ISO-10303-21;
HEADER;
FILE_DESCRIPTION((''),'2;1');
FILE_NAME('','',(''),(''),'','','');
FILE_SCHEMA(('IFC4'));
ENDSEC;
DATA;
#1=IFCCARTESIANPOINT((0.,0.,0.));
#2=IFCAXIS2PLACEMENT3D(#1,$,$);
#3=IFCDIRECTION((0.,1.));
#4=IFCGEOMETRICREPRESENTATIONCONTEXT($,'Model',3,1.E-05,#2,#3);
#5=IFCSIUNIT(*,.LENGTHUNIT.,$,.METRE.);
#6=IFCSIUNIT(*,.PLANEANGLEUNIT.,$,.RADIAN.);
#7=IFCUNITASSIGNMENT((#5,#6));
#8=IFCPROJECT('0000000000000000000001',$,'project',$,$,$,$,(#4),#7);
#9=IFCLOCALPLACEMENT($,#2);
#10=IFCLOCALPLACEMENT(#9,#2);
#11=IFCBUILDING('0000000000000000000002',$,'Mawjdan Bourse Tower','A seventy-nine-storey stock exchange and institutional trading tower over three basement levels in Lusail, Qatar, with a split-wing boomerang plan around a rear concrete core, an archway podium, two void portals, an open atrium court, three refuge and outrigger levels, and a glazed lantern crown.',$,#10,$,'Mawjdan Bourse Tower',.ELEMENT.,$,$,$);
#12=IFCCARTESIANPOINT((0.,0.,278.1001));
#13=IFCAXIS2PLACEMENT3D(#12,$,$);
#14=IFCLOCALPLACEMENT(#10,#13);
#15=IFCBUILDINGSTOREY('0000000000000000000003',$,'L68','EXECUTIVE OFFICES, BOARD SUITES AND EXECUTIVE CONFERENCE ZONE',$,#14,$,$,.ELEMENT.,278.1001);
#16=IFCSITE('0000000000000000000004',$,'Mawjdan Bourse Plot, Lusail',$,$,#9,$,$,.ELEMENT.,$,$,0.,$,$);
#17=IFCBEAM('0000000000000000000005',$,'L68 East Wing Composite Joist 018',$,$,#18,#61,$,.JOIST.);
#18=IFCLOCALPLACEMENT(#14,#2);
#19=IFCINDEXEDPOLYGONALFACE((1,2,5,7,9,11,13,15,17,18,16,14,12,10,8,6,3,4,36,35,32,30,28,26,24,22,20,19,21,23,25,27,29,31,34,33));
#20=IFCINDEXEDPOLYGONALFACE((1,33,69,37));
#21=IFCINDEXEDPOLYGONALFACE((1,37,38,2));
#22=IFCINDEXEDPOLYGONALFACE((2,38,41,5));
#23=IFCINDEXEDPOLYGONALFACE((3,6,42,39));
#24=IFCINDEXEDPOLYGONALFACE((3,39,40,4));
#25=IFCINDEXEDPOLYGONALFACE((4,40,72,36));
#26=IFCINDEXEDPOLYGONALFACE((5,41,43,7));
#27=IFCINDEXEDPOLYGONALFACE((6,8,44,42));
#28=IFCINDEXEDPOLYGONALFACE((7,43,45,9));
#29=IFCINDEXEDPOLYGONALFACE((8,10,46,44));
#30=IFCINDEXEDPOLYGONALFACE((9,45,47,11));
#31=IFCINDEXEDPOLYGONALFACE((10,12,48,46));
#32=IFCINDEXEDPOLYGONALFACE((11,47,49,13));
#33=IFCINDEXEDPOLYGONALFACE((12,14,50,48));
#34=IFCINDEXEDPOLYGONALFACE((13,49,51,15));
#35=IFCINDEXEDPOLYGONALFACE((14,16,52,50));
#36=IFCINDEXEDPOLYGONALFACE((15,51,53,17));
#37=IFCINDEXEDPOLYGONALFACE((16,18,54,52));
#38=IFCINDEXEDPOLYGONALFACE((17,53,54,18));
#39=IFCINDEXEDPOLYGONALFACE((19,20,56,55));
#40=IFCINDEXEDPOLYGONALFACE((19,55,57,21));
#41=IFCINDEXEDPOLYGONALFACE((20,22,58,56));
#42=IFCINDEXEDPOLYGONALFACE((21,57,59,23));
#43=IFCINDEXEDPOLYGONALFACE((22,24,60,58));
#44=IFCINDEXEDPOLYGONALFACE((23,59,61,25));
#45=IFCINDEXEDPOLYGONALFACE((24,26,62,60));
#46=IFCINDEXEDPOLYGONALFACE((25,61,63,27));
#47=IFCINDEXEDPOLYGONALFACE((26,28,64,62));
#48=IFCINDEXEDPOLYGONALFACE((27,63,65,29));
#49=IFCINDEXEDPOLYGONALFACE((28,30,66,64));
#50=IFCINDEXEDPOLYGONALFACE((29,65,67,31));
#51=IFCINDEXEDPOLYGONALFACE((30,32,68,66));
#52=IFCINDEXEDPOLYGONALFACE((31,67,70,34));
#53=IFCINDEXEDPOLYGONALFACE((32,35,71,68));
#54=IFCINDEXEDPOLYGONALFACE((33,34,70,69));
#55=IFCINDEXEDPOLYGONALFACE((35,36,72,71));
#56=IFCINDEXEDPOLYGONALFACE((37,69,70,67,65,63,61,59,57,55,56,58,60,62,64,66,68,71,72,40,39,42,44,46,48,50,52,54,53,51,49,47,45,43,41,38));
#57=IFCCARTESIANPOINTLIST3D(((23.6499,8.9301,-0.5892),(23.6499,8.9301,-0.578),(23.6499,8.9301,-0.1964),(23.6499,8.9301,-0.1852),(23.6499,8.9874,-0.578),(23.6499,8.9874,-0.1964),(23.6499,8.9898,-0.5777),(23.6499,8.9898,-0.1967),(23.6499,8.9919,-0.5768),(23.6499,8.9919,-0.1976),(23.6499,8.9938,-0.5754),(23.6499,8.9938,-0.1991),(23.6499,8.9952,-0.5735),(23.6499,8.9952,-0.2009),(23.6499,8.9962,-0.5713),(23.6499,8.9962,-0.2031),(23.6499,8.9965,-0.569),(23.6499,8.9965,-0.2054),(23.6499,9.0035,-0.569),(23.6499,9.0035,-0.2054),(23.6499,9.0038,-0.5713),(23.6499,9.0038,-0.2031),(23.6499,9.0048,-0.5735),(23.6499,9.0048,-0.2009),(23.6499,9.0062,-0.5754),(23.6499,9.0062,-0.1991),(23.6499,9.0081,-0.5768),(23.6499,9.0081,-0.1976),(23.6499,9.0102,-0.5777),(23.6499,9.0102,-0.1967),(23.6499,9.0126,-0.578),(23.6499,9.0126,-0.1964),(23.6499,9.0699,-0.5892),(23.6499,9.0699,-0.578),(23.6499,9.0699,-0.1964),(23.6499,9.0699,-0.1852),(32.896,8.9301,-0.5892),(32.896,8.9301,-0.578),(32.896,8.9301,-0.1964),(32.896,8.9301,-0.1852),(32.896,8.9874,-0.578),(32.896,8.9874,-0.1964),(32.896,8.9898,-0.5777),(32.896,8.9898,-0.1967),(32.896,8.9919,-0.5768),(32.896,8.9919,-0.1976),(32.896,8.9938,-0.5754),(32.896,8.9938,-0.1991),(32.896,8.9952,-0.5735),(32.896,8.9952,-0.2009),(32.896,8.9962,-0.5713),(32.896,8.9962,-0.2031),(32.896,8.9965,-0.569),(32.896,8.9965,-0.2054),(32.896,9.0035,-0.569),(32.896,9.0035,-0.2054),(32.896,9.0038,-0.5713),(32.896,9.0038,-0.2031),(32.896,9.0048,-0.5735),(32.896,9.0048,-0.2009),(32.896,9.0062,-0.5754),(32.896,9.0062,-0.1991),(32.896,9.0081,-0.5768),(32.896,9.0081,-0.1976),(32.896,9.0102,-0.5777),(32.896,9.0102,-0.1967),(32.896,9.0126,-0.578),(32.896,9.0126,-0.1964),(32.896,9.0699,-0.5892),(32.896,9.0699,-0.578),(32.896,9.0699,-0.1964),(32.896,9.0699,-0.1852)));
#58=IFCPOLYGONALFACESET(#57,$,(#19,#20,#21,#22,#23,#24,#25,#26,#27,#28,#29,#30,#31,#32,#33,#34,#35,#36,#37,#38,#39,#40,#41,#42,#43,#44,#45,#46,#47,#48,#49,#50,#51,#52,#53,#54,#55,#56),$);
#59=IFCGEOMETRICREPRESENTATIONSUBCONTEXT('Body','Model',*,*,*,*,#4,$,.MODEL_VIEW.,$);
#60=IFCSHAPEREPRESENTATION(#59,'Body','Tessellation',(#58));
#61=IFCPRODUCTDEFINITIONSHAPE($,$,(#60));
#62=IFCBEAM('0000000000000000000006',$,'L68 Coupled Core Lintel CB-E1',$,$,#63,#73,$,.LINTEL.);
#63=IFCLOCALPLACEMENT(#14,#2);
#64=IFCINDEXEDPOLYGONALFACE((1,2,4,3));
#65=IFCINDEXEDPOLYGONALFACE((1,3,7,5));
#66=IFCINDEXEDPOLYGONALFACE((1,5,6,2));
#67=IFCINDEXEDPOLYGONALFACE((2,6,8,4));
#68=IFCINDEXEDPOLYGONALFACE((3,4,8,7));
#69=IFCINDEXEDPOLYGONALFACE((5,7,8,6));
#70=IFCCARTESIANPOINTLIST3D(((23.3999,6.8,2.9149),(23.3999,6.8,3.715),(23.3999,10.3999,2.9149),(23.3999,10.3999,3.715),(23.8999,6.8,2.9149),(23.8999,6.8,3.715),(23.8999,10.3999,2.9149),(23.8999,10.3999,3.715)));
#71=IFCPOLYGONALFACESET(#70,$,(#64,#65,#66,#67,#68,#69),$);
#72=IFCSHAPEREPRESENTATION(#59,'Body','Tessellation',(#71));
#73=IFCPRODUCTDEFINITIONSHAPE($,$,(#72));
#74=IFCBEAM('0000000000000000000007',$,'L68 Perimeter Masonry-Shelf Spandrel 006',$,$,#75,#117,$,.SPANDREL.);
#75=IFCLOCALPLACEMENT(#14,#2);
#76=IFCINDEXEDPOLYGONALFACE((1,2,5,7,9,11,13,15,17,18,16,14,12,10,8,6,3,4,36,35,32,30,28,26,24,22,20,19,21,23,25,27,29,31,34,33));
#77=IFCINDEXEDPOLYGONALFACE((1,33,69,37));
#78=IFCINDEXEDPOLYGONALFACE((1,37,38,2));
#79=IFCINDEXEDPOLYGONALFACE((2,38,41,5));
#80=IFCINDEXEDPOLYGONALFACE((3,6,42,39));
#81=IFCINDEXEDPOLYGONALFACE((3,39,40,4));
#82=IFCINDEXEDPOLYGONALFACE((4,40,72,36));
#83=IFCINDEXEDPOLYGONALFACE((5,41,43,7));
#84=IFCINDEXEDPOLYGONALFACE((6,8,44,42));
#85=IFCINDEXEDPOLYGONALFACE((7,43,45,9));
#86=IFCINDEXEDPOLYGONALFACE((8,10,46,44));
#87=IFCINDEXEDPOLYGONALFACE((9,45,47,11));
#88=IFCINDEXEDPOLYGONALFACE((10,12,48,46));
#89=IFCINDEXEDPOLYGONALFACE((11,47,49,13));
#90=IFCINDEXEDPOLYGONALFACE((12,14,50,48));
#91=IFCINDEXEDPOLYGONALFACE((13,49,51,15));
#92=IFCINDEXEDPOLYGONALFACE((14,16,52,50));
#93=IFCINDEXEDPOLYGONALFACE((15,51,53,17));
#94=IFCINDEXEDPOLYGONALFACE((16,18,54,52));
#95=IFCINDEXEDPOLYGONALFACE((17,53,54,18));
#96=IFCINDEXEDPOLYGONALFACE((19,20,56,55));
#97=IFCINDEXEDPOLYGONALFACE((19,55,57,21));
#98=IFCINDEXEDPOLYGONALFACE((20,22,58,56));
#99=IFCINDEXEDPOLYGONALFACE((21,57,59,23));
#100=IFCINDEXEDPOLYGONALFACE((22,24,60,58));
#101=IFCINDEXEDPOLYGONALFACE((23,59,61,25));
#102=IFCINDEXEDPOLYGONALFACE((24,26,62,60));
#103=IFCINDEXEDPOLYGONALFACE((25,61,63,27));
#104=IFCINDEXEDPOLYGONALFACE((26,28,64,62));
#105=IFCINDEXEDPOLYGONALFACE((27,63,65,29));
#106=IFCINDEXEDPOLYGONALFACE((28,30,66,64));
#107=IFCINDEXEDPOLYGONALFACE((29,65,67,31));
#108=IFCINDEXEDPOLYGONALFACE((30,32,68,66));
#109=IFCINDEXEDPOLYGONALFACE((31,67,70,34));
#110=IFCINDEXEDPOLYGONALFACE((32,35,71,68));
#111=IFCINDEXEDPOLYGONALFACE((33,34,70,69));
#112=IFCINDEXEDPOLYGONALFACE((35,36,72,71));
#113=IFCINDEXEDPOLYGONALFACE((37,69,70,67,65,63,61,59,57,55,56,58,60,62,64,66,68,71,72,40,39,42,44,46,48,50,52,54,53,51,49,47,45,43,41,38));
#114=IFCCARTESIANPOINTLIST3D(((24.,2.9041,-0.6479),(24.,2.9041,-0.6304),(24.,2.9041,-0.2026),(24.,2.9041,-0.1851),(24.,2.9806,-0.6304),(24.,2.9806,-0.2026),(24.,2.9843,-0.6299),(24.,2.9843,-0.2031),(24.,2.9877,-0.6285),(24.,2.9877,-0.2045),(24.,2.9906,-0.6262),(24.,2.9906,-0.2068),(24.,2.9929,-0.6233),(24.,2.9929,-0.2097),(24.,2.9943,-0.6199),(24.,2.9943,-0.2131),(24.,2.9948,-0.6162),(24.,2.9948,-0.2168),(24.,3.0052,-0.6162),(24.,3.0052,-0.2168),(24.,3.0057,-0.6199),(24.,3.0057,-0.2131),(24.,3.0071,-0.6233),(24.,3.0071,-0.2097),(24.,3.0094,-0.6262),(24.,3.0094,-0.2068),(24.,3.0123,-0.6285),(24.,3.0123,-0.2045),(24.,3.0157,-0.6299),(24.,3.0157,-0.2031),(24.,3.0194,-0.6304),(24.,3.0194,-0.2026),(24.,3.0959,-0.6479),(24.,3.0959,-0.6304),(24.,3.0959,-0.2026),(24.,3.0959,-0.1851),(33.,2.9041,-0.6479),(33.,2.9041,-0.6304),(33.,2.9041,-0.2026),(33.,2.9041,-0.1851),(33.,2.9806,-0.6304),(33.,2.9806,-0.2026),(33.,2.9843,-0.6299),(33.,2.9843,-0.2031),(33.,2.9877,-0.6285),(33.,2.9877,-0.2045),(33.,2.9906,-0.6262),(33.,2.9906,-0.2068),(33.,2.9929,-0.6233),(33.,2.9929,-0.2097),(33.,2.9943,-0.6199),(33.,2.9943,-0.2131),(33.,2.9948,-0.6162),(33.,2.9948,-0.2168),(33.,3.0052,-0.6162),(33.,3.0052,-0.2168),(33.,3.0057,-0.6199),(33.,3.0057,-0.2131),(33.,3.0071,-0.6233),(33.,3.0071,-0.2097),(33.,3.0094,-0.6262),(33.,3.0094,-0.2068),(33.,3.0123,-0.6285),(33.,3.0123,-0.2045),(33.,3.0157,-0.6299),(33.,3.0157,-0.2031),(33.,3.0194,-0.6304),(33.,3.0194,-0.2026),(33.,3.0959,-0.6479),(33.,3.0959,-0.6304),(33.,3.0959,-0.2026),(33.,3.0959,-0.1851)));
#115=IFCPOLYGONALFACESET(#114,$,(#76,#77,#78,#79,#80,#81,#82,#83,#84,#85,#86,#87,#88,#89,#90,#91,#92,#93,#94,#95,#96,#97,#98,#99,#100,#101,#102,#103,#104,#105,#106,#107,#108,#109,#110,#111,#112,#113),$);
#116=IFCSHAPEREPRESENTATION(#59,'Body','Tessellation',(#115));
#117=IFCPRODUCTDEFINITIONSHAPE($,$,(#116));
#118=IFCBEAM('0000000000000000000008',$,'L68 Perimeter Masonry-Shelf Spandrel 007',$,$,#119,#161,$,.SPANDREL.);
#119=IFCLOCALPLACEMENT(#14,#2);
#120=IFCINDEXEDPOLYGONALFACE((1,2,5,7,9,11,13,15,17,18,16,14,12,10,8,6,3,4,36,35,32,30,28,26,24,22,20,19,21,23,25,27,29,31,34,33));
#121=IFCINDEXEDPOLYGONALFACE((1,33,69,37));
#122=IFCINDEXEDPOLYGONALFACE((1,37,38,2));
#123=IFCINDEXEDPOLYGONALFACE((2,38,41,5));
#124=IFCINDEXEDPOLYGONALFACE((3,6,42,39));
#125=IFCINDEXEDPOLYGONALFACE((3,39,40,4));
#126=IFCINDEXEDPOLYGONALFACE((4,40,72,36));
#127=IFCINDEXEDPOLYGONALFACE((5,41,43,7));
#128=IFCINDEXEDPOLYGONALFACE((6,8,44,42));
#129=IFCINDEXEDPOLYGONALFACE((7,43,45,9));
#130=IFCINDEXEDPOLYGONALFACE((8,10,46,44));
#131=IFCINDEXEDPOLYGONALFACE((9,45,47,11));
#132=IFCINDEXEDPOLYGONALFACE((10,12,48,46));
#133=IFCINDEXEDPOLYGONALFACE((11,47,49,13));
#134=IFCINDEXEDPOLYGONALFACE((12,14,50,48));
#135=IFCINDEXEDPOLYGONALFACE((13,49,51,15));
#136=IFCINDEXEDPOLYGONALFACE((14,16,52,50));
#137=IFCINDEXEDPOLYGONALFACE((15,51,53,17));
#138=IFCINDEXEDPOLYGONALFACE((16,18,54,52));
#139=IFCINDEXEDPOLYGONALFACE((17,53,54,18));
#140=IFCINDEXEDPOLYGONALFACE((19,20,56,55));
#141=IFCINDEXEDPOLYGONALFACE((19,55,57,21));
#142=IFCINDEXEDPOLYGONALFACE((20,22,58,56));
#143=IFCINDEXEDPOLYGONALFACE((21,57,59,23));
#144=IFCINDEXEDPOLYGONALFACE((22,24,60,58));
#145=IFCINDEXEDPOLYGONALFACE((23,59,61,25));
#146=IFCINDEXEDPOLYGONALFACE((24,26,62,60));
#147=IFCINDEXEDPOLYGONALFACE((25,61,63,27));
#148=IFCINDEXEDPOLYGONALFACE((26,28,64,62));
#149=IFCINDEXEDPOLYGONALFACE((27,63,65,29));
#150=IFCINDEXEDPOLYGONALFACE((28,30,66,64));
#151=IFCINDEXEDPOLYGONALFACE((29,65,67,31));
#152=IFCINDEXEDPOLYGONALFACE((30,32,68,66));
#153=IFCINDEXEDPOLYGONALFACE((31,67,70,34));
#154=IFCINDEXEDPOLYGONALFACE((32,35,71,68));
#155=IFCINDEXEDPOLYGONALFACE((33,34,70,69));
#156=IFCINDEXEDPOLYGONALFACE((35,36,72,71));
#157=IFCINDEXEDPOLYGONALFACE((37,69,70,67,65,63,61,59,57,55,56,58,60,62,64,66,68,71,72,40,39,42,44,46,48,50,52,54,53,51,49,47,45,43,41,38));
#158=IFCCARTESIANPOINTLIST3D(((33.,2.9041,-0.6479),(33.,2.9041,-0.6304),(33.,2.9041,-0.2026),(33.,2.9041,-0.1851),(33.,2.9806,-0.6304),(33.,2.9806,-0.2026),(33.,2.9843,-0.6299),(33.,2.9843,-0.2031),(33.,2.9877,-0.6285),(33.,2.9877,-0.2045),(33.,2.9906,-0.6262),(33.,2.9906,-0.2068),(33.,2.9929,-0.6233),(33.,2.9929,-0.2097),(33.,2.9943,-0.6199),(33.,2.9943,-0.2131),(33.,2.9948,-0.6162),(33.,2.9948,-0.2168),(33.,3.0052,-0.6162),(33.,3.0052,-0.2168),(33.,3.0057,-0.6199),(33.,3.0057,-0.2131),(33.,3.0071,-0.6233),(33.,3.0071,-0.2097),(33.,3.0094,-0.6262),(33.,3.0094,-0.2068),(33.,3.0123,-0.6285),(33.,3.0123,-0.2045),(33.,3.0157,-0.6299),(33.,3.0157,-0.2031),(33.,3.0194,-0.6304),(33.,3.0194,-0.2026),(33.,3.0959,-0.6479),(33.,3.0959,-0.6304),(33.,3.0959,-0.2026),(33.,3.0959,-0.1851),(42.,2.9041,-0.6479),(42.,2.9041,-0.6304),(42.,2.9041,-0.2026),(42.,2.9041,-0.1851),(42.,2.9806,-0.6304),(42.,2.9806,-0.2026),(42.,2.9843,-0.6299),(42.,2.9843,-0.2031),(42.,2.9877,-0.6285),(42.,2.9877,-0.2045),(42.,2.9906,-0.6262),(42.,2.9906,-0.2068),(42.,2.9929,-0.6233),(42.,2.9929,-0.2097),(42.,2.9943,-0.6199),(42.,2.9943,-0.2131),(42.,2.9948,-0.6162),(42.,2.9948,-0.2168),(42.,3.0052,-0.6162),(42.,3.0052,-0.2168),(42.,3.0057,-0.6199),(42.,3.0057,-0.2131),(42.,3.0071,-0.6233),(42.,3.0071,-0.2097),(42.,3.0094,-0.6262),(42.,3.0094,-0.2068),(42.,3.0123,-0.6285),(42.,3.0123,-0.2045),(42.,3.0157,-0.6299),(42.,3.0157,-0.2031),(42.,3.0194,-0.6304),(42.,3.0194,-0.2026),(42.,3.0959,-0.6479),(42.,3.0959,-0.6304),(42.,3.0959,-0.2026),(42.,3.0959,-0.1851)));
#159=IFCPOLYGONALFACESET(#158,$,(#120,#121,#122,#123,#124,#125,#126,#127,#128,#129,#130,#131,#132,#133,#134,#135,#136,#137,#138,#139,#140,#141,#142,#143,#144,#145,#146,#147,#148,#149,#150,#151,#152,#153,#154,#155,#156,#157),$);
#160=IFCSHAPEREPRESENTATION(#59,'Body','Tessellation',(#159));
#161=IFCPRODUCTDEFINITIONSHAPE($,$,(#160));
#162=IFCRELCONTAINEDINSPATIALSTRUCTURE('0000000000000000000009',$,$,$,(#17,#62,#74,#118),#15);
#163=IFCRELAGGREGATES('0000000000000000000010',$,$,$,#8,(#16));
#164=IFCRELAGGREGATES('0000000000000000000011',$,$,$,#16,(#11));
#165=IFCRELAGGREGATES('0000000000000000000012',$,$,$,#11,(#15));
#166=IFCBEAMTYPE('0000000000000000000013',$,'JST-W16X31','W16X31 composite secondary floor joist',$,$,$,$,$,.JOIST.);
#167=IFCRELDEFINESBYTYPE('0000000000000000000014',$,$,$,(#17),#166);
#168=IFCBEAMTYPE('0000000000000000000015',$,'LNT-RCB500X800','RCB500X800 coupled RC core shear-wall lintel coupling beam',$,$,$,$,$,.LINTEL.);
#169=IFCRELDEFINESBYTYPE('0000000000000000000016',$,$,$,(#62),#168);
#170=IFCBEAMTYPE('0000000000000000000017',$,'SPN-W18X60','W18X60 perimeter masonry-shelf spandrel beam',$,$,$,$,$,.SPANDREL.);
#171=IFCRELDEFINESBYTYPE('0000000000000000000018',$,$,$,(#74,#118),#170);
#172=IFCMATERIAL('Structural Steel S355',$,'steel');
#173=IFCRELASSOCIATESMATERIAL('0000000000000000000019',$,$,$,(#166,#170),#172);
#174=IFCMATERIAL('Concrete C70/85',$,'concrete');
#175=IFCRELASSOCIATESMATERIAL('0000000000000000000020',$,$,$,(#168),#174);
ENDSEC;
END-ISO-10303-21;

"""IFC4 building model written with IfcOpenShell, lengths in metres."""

from ifc_helpers import new_model, si_unit, direction, frame, origin, origin_2d, place, context, subcontext, project, spatial, rectangle, i_section, extrude, material, material_profile, profile_set, type_object, element, save


model = new_model("IFC4")

# Units and contexts
model_context = context("Model", 3, precision=1e-05, world=origin(), true_north=direction((0.0, 1.0)))
body_context = subcontext(model_context, "Body", "Model", "MODEL_VIEW")
ifc_project = project(units=[si_unit("LENGTHUNIT", "METRE"), si_unit("PLANEANGLEUNIT", "RADIAN")], contexts=[model_context])

# Site, building, storey
site_placement = place(None, origin())
site = spatial("IfcSite", under=ifc_project, at=site_placement, Name="Mawjdan Bourse Plot, Lusail", CompositionType="ELEMENT", RefElevation=0.0)
building_placement = place(site_placement, origin())
building = spatial("IfcBuilding", under=site, at=building_placement, Name="Mawjdan Bourse Tower", Description="A seventy-nine-storey stock exchange and institutional trading tower over three basement levels in Lusail, Qatar, with a split-wing boomerang plan around a rear concrete core, an archway podium, two void portals, an open atrium court, three refuge and outrigger levels, and a glazed lantern crown.", LongName="Mawjdan Bourse Tower", CompositionType="ELEMENT")
storey_placement = place(building_placement, frame((0.0, 0.0, 278.1001)))
storey = spatial("IfcBuildingStorey", under=building, at=storey_placement, Name="L68", Description="EXECUTIVE OFFICES, BOARD SUITES AND EXECUTIVE CONFERENCE ZONE", CompositionType="ELEMENT", Elevation=278.1001)

# Beams
ifc_material_1 = material(Name="Structural Steel S355", Category="steel")
ifc_material_profile_1 = material_profile(ifc_material_1, i_section(OverallWidth=0.1399, OverallDepth=0.4041, WebThickness=0.0071, FlangeThickness=0.0112, FilletRadius=0.009, at=origin_2d()), Name="W16X31")
ifc_profile_set_1 = profile_set([ifc_material_profile_1], Name="Structural Steel S355")
beam_type_1 = type_object("IfcBeamType", Name="JST-W16X31", Description="W16X31 composite secondary floor joist", PredefinedType="JOIST", material=ifc_profile_set_1)
beam_1_placement = place(storey_placement, frame((23.6499, 9.0, -0.3872), z_axis=(1.0, 0.0, 0.0), x_axis=(0.0, 1.0, 0.0)))
element("IfcBeam", 1, at=beam_1_placement, inside=storey, type_object=beam_type_1, Name="L68 East Wing Composite Joist 018", PredefinedType="JOIST", context=body_context, shape_type="SweptSolid", body=[
    extrude(i_section(OverallWidth=0.1399, OverallDepth=0.4041, WebThickness=0.0071, FlangeThickness=0.0112, FilletRadius=0.009, at=origin_2d()), origin(), (0.0, 0.0, 1.0), 9.2461),
])
ifc_material_2 = material(Name="Concrete C70/85", Category="concrete")
ifc_material_profile_2 = material_profile(ifc_material_2, rectangle(XDim=0.5, YDim=0.8, at=origin_2d()), Name="RCB500X800")
ifc_profile_set_2 = profile_set([ifc_material_profile_2], Name="Concrete C70/85")
beam_type_2 = type_object("IfcBeamType", Name="LNT-RCB500X800", Description="RCB500X800 coupled RC core shear-wall lintel coupling beam", PredefinedType="LINTEL", material=ifc_profile_set_2)
beam_2_placement = place(storey_placement, frame((23.6499, 6.8, 3.3149), z_axis=(0.0, 1.0, 0.0), x_axis=(-1.0, 0.0, 0.0)))
element("IfcBeam", 2, at=beam_2_placement, inside=storey, type_object=beam_type_2, Name="L68 Coupled Core Lintel CB-E1", PredefinedType="LINTEL", context=body_context, shape_type="SweptSolid", body=[
    extrude(rectangle(XDim=0.5, YDim=0.8, at=origin_2d()), origin(), (0.0, 0.0, 1.0), 3.5999),
])
ifc_material_profile_3 = material_profile(ifc_material_1, i_section(OverallWidth=0.1919, OverallDepth=0.4629, WebThickness=0.0105, FlangeThickness=0.0176, FilletRadius=0.0142, at=origin_2d()), Name="W18X60")
ifc_profile_set_3 = profile_set([ifc_material_profile_3], Name="Structural Steel S355")
beam_type_3 = type_object("IfcBeamType", Name="SPN-W18X60", Description="W18X60 perimeter masonry-shelf spandrel beam", PredefinedType="SPANDREL", material=ifc_profile_set_3)
for number, where, z_axis, x_axis, name in (
    (3, (24.0, 3.0, -0.4165), (1.0, 0.0, 0.0), (0.0, 1.0, 0.0), "L68 Perimeter Masonry-Shelf Spandrel 006"),
    (4, (33.0, 3.0, -0.4165), (1.0, 0.0, 0.0), (0.0, 1.0, 0.0), "L68 Perimeter Masonry-Shelf Spandrel 007"),
):
    element("IfcBeam", number, at=place(storey_placement, frame(where, z_axis=z_axis, x_axis=x_axis)), inside=storey, type_object=beam_type_3, Name=name, PredefinedType="SPANDREL", context=body_context, shape_type="SweptSolid", body=[
        extrude(i_section(OverallWidth=0.1919, OverallDepth=0.4629, WebThickness=0.0105, FlangeThickness=0.0176, FilletRadius=0.0142, at=origin_2d()), origin(), (0.0, 0.0, 1.0), 9.0),
    ])

save(model, "model.ifc")
